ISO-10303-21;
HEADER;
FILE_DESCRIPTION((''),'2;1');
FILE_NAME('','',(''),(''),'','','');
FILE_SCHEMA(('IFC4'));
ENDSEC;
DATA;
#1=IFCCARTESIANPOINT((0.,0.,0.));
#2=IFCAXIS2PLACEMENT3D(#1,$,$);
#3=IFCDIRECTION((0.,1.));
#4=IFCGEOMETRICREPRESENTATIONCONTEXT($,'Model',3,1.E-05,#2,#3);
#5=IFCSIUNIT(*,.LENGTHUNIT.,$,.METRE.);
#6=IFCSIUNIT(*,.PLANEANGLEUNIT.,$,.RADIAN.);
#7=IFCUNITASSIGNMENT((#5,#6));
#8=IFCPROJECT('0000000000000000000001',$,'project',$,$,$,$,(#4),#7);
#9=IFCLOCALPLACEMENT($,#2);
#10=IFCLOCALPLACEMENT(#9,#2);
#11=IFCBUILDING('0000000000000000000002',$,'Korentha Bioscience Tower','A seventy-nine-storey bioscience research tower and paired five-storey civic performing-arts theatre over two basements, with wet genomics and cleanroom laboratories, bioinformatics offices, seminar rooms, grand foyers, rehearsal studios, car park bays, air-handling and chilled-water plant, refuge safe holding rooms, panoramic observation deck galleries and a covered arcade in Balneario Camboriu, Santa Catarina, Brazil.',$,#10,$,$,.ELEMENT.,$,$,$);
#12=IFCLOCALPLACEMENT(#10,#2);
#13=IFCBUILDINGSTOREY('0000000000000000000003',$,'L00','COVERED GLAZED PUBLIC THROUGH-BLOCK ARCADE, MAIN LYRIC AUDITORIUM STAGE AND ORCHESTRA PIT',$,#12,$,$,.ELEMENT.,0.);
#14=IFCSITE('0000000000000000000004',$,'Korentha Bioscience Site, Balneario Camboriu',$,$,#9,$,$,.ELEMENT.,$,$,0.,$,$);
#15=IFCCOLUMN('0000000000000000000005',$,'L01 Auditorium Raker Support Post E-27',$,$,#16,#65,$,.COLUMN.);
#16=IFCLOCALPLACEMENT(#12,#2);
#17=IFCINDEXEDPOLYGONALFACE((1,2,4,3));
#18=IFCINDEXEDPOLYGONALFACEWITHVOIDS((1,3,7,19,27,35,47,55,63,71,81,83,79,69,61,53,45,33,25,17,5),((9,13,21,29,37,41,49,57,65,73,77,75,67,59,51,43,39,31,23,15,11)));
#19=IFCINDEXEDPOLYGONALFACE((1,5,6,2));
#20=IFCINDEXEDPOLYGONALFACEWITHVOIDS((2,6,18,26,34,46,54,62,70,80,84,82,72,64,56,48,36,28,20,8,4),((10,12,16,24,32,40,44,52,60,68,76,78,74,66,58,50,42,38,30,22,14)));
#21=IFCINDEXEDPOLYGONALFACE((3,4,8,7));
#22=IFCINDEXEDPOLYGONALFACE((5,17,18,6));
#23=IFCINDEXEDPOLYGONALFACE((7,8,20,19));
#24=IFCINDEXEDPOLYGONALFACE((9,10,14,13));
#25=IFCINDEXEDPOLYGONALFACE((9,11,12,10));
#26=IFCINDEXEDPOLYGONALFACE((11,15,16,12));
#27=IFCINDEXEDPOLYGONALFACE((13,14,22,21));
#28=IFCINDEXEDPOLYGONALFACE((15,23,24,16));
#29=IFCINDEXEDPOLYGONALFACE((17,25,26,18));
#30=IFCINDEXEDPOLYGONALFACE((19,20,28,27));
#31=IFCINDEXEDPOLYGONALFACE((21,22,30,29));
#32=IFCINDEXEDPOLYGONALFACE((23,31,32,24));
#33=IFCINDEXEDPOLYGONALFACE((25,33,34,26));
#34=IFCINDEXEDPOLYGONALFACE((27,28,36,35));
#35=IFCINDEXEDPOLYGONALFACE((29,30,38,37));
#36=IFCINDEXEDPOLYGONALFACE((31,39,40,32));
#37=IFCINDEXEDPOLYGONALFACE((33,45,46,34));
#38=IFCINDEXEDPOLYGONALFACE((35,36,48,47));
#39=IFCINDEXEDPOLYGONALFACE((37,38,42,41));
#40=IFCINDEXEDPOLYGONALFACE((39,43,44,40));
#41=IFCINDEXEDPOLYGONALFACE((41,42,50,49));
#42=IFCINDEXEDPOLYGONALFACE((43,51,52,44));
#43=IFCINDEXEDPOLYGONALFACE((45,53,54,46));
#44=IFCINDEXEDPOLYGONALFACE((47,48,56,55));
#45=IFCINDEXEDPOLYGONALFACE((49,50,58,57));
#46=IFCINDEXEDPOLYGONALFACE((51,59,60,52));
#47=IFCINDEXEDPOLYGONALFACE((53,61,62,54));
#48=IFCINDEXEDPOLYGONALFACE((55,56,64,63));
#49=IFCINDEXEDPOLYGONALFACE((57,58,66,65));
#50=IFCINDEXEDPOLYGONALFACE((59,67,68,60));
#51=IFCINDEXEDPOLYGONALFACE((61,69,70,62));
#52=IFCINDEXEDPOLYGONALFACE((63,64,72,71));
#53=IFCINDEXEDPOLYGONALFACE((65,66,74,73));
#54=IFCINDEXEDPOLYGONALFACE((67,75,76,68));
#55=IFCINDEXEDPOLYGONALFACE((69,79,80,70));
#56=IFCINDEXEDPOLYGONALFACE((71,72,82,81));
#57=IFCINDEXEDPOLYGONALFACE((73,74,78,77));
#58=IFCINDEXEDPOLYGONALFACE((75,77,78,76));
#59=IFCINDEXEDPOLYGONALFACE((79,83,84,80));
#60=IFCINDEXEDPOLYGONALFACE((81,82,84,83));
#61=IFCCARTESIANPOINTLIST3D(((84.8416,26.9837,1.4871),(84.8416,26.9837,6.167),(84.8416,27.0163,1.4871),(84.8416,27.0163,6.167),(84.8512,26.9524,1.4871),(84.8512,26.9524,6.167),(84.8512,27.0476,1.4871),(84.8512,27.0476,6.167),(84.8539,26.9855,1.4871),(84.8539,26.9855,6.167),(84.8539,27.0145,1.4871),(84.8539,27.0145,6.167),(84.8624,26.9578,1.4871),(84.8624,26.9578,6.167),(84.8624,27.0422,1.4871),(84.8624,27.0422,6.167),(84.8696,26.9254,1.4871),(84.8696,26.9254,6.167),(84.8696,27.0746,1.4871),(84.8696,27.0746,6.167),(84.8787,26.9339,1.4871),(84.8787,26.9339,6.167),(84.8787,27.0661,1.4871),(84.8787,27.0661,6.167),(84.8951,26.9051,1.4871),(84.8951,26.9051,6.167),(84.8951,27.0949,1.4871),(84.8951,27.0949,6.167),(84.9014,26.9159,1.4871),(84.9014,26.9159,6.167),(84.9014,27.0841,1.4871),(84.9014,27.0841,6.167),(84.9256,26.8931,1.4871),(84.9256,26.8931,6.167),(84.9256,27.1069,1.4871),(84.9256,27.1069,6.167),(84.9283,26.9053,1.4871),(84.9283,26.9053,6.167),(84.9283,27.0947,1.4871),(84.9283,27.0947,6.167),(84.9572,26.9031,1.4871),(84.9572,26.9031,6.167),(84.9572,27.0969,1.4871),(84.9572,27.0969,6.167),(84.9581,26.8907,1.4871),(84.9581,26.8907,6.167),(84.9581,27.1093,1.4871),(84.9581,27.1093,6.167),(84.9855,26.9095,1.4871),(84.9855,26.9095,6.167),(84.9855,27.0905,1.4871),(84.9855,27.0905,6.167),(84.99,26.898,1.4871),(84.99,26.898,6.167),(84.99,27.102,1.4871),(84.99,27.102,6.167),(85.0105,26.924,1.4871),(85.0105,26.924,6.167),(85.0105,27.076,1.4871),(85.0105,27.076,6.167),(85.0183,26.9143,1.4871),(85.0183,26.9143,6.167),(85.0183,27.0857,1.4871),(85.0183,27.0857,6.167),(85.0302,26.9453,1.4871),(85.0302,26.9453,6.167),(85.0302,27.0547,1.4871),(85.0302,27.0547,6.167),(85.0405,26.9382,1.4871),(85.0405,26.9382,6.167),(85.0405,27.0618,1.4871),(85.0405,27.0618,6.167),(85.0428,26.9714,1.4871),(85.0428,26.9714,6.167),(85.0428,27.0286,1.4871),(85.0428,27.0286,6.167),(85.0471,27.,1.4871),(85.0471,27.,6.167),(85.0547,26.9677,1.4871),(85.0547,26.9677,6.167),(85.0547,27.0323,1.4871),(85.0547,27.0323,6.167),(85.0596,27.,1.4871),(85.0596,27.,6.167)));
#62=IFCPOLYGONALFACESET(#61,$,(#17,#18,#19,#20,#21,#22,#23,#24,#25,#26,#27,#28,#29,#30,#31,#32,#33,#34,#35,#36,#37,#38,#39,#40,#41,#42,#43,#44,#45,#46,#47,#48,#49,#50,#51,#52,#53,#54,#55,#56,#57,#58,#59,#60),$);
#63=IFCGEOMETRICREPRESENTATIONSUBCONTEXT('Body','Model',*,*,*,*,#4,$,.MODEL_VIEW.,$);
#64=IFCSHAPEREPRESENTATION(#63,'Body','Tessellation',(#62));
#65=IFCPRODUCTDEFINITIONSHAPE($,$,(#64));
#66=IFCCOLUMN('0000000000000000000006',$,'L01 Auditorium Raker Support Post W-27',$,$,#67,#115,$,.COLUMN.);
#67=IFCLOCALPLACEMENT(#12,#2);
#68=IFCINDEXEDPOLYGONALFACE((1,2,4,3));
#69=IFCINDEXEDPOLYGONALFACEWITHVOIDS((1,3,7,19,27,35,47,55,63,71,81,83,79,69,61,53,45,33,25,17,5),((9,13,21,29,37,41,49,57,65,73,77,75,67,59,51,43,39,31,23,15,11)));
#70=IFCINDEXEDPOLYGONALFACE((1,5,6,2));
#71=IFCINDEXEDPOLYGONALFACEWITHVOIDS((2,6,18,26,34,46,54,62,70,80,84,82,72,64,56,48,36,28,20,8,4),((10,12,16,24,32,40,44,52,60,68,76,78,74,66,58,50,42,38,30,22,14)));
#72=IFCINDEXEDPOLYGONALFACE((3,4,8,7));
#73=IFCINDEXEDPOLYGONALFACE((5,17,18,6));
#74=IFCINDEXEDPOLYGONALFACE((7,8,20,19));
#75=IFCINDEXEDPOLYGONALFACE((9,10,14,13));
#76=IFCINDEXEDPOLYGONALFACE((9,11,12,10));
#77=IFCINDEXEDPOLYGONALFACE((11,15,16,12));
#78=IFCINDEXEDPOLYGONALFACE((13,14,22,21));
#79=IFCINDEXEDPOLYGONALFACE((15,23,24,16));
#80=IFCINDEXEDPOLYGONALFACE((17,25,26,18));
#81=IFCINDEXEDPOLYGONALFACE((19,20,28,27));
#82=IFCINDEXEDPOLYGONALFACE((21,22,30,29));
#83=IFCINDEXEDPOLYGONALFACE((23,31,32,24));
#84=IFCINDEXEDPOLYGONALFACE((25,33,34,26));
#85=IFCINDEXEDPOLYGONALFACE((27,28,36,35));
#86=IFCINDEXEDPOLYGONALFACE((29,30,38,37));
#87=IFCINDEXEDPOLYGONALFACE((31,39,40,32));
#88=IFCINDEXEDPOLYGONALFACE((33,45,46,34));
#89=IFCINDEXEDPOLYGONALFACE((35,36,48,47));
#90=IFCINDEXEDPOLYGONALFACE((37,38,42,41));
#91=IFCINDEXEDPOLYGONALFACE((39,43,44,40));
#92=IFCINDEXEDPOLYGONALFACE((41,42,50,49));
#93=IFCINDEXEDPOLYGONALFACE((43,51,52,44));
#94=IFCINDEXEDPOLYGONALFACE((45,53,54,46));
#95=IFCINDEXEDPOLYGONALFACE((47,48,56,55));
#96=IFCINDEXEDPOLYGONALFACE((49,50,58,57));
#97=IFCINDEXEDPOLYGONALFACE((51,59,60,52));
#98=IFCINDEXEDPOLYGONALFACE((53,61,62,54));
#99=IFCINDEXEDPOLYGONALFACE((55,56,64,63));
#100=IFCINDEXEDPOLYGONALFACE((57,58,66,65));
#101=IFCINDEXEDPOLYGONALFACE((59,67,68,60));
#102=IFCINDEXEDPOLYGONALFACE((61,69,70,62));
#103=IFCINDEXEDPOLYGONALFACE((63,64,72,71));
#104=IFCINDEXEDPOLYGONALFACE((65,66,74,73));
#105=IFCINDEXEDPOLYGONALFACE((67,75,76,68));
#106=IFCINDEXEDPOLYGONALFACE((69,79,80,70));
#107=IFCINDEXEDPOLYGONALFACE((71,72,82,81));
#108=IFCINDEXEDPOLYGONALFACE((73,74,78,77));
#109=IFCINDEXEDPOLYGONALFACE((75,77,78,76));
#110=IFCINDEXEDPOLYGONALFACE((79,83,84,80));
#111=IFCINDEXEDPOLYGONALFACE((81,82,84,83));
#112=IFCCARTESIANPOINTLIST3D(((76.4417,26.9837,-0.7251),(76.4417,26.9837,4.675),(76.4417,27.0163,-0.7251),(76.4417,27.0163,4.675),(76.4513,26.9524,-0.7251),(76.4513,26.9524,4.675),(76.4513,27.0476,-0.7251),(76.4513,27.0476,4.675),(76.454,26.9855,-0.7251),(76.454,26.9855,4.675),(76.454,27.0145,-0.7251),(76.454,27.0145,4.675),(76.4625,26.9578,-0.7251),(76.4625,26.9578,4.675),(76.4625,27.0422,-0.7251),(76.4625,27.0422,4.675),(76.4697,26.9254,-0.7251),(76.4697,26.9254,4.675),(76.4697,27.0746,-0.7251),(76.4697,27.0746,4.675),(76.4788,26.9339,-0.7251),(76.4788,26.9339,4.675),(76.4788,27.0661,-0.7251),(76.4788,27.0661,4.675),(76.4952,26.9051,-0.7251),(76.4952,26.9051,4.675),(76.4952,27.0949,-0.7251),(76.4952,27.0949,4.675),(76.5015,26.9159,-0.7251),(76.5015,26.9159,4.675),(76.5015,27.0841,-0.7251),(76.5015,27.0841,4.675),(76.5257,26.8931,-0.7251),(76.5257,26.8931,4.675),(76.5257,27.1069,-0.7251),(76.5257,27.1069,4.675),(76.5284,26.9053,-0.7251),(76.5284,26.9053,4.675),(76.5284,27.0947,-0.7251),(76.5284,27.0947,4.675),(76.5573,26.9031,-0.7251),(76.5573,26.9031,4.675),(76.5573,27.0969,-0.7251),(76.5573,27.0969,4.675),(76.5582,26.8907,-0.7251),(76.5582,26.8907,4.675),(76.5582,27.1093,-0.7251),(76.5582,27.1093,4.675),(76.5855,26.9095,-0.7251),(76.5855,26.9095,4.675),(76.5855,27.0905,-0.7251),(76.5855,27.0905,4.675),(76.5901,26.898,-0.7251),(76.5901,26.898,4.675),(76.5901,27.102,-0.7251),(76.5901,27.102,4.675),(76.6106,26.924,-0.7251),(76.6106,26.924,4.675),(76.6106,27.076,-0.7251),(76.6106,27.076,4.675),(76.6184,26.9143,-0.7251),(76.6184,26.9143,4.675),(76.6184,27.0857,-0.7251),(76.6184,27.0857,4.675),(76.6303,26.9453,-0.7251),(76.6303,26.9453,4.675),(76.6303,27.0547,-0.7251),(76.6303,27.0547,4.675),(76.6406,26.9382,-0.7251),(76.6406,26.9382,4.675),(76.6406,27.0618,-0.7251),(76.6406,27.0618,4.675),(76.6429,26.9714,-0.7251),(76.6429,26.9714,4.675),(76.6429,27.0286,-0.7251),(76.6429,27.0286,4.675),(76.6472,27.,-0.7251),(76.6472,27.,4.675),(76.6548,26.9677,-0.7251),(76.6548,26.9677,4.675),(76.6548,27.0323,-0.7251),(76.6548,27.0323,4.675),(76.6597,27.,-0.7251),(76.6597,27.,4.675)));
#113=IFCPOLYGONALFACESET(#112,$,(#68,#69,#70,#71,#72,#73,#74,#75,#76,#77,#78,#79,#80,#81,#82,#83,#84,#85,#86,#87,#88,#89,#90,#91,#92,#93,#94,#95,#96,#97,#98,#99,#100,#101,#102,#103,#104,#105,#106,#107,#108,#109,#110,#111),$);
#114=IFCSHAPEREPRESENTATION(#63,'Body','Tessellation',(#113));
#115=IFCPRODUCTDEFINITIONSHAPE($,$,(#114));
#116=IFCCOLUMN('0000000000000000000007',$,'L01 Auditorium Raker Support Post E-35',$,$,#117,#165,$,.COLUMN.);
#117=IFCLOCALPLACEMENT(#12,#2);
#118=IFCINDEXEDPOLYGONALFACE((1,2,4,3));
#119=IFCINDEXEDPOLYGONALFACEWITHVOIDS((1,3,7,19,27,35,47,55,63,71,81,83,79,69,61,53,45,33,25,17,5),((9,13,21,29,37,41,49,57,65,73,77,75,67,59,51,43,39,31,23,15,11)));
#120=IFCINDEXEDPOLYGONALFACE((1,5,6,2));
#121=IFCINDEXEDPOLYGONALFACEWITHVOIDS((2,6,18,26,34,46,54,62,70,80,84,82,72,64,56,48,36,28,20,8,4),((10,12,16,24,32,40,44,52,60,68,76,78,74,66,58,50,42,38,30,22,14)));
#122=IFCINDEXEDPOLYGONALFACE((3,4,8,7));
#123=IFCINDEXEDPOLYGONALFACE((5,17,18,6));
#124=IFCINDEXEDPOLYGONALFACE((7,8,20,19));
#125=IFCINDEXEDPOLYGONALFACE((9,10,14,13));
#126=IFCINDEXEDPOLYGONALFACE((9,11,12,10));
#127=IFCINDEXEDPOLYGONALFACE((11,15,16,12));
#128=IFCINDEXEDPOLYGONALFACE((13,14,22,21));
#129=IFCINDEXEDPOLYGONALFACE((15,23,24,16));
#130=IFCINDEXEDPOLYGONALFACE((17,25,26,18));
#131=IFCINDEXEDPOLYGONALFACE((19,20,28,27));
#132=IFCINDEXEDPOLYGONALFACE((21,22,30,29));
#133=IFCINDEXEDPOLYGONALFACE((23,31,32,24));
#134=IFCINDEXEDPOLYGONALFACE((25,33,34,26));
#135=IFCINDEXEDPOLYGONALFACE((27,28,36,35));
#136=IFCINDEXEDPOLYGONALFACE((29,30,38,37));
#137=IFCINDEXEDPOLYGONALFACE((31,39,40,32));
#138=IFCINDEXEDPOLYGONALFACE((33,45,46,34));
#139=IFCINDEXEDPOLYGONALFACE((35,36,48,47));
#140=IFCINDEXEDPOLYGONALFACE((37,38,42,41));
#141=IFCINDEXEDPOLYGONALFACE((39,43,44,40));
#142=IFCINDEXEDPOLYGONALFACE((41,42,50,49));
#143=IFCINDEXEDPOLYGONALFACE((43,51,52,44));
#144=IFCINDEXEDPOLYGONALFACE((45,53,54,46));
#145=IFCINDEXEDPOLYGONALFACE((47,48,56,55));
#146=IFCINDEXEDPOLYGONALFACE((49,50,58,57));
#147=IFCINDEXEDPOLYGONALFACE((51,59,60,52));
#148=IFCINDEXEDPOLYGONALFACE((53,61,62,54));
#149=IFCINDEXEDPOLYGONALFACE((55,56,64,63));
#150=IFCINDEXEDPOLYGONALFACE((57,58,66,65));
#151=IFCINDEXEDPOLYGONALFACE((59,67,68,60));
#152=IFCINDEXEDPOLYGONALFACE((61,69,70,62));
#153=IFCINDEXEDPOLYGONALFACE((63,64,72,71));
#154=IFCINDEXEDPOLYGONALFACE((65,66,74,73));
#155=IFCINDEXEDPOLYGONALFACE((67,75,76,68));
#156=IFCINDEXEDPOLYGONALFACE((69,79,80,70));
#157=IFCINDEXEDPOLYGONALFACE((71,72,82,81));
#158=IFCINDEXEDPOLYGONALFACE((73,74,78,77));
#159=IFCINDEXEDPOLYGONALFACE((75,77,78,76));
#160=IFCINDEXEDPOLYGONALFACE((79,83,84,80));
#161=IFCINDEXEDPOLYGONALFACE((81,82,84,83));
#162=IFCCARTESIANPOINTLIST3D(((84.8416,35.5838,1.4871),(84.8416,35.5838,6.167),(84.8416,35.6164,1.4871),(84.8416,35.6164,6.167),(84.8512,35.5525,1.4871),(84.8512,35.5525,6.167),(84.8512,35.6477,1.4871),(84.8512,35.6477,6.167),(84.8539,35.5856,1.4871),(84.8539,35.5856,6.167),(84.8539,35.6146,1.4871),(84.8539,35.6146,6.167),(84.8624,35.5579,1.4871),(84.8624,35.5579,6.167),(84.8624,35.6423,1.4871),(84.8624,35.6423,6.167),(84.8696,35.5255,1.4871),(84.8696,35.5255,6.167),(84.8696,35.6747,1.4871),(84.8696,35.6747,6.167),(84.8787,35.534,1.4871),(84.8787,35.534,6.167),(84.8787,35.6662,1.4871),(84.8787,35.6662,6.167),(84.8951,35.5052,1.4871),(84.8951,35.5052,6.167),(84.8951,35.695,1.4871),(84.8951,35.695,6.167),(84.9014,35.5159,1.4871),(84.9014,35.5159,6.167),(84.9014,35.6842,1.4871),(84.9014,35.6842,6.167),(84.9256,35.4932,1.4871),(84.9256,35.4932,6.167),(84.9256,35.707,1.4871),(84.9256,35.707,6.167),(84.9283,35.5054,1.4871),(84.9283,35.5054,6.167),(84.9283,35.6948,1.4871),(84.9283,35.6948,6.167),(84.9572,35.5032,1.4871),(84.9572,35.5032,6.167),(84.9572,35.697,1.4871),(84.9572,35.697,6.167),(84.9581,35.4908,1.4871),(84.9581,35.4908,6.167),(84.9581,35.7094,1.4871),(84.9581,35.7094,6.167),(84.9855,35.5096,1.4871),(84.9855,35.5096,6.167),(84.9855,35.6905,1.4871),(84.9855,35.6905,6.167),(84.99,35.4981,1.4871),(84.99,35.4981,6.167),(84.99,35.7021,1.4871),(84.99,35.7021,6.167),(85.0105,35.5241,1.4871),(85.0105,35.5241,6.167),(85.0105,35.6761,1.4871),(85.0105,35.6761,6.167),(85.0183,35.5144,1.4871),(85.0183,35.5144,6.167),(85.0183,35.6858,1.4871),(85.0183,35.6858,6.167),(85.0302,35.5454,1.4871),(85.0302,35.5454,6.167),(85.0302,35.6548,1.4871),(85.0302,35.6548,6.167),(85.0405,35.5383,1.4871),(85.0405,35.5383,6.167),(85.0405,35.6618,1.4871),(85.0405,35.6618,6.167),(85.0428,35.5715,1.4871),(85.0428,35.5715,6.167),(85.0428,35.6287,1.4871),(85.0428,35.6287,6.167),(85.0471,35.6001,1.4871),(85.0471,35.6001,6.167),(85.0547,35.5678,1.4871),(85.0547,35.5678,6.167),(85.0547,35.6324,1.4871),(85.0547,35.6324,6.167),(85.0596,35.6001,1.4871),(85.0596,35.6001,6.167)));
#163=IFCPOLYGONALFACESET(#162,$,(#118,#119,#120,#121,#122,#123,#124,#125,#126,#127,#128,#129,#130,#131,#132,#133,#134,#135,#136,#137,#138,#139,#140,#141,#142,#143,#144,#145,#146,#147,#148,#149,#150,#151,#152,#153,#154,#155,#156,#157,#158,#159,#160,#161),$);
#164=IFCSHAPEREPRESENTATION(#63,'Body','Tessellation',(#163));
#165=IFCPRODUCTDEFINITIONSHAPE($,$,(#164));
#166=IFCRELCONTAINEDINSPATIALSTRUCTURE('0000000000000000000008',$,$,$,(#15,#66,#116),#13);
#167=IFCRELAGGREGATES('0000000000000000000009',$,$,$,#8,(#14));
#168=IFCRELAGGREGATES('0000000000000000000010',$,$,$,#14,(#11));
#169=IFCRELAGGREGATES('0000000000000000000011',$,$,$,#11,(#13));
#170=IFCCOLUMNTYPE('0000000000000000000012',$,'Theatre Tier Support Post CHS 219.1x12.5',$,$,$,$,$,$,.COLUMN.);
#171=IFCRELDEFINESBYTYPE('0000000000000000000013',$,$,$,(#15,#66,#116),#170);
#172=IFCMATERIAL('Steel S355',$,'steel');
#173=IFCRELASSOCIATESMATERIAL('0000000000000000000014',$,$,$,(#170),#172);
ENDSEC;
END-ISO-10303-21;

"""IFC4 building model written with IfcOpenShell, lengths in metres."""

from ifc_helpers import new_model, si_unit, direction, frame, origin, origin_2d, place, context, subcontext, project, spatial, hollow_circle, extrude, material, material_profile, profile_set, type_object, element, save


model = new_model("IFC4")

# Units and contexts
model_context = context("Model", 3, precision=1e-05, world=origin(), true_north=direction((0.0, 1.0)))
body_context = subcontext(model_context, "Body", "Model", "MODEL_VIEW")
ifc_project = project(units=[si_unit("LENGTHUNIT", "METRE"), si_unit("PLANEANGLEUNIT", "RADIAN")], contexts=[model_context])

# Site, building, storey
site_placement = place(None, origin())
site = spatial("IfcSite", under=ifc_project, at=site_placement, Name="Korentha Bioscience Site, Balneario Camboriu", CompositionType="ELEMENT", RefElevation=0.0)
building_placement = place(site_placement, origin())
building = spatial("IfcBuilding", under=site, at=building_placement, Name="Korentha Bioscience Tower", Description="A seventy-nine-storey bioscience research tower and paired five-storey civic performing-arts theatre over two basements, with wet genomics and cleanroom laboratories, bioinformatics offices, seminar rooms, grand foyers, rehearsal studios, car park bays, air-handling and chilled-water plant, refuge safe holding rooms, panoramic observation deck galleries and a covered arcade in Balneario Camboriu, Santa Catarina, Brazil.", CompositionType="ELEMENT")
storey_placement = place(building_placement, origin())
storey = spatial("IfcBuildingStorey", under=building, at=storey_placement, Name="L00", Description="COVERED GLAZED PUBLIC THROUGH-BLOCK ARCADE, MAIN LYRIC AUDITORIUM STAGE AND ORCHESTRA PIT", CompositionType="ELEMENT", Elevation=0.0)

# Columns
ifc_material_1 = material(Name="Steel S355", Category="steel")
ifc_material_profile_1 = material_profile(ifc_material_1, hollow_circle(Radius=0.1096, WallThickness=0.0125, at=origin_2d()), Name="Steel S355")
ifc_profile_set_1 = profile_set([ifc_material_profile_1], Name="Steel S355 (TC-P219)")
column_type_1 = type_object("IfcColumnType", Name="Theatre Tier Support Post CHS 219.1x12.5", PredefinedType="COLUMN", material=ifc_profile_set_1)
column_1_placement = place(storey_placement, frame((84.95, 27.0, 1.4871), z_axis=(0.0, 0.0, 1.0), x_axis=(1.0, 0.0, 0.0)))
element("IfcColumn", 1, at=column_1_placement, inside=storey, type_object=column_type_1, Name="L01 Auditorium Raker Support Post E-27", PredefinedType="COLUMN", context=body_context, shape_type="SweptSolid", body=[
    extrude(hollow_circle(Radius=0.1096, WallThickness=0.0125, at=origin_2d()), origin(), (0.0, 0.0, 1.0), 4.6799),
])
column_2_placement = place(storey_placement, frame((76.55, 27.0, -0.7251), z_axis=(0.0, 0.0, 1.0), x_axis=(1.0, 0.0, 0.0)))
element("IfcColumn", 2, at=column_2_placement, inside=storey, type_object=column_type_1, Name="L01 Auditorium Raker Support Post W-27", PredefinedType="COLUMN", context=body_context, shape_type="SweptSolid", body=[
    extrude(hollow_circle(Radius=0.1096, WallThickness=0.0125, at=origin_2d()), origin(), (0.0, 0.0, 1.0), 5.4001),
])
column_3_placement = place(storey_placement, frame((84.95, 35.6001, 1.4871), z_axis=(0.0, 0.0, 1.0), x_axis=(1.0, 0.0, 0.0)))
element("IfcColumn", 3, at=column_3_placement, inside=storey, type_object=column_type_1, Name="L01 Auditorium Raker Support Post E-35", PredefinedType="COLUMN", context=body_context, shape_type="SweptSolid", body=[
    extrude(hollow_circle(Radius=0.1096, WallThickness=0.0125, at=origin_2d()), origin(), (0.0, 0.0, 1.0), 4.6799),
])

save(model, "model.ifc")
